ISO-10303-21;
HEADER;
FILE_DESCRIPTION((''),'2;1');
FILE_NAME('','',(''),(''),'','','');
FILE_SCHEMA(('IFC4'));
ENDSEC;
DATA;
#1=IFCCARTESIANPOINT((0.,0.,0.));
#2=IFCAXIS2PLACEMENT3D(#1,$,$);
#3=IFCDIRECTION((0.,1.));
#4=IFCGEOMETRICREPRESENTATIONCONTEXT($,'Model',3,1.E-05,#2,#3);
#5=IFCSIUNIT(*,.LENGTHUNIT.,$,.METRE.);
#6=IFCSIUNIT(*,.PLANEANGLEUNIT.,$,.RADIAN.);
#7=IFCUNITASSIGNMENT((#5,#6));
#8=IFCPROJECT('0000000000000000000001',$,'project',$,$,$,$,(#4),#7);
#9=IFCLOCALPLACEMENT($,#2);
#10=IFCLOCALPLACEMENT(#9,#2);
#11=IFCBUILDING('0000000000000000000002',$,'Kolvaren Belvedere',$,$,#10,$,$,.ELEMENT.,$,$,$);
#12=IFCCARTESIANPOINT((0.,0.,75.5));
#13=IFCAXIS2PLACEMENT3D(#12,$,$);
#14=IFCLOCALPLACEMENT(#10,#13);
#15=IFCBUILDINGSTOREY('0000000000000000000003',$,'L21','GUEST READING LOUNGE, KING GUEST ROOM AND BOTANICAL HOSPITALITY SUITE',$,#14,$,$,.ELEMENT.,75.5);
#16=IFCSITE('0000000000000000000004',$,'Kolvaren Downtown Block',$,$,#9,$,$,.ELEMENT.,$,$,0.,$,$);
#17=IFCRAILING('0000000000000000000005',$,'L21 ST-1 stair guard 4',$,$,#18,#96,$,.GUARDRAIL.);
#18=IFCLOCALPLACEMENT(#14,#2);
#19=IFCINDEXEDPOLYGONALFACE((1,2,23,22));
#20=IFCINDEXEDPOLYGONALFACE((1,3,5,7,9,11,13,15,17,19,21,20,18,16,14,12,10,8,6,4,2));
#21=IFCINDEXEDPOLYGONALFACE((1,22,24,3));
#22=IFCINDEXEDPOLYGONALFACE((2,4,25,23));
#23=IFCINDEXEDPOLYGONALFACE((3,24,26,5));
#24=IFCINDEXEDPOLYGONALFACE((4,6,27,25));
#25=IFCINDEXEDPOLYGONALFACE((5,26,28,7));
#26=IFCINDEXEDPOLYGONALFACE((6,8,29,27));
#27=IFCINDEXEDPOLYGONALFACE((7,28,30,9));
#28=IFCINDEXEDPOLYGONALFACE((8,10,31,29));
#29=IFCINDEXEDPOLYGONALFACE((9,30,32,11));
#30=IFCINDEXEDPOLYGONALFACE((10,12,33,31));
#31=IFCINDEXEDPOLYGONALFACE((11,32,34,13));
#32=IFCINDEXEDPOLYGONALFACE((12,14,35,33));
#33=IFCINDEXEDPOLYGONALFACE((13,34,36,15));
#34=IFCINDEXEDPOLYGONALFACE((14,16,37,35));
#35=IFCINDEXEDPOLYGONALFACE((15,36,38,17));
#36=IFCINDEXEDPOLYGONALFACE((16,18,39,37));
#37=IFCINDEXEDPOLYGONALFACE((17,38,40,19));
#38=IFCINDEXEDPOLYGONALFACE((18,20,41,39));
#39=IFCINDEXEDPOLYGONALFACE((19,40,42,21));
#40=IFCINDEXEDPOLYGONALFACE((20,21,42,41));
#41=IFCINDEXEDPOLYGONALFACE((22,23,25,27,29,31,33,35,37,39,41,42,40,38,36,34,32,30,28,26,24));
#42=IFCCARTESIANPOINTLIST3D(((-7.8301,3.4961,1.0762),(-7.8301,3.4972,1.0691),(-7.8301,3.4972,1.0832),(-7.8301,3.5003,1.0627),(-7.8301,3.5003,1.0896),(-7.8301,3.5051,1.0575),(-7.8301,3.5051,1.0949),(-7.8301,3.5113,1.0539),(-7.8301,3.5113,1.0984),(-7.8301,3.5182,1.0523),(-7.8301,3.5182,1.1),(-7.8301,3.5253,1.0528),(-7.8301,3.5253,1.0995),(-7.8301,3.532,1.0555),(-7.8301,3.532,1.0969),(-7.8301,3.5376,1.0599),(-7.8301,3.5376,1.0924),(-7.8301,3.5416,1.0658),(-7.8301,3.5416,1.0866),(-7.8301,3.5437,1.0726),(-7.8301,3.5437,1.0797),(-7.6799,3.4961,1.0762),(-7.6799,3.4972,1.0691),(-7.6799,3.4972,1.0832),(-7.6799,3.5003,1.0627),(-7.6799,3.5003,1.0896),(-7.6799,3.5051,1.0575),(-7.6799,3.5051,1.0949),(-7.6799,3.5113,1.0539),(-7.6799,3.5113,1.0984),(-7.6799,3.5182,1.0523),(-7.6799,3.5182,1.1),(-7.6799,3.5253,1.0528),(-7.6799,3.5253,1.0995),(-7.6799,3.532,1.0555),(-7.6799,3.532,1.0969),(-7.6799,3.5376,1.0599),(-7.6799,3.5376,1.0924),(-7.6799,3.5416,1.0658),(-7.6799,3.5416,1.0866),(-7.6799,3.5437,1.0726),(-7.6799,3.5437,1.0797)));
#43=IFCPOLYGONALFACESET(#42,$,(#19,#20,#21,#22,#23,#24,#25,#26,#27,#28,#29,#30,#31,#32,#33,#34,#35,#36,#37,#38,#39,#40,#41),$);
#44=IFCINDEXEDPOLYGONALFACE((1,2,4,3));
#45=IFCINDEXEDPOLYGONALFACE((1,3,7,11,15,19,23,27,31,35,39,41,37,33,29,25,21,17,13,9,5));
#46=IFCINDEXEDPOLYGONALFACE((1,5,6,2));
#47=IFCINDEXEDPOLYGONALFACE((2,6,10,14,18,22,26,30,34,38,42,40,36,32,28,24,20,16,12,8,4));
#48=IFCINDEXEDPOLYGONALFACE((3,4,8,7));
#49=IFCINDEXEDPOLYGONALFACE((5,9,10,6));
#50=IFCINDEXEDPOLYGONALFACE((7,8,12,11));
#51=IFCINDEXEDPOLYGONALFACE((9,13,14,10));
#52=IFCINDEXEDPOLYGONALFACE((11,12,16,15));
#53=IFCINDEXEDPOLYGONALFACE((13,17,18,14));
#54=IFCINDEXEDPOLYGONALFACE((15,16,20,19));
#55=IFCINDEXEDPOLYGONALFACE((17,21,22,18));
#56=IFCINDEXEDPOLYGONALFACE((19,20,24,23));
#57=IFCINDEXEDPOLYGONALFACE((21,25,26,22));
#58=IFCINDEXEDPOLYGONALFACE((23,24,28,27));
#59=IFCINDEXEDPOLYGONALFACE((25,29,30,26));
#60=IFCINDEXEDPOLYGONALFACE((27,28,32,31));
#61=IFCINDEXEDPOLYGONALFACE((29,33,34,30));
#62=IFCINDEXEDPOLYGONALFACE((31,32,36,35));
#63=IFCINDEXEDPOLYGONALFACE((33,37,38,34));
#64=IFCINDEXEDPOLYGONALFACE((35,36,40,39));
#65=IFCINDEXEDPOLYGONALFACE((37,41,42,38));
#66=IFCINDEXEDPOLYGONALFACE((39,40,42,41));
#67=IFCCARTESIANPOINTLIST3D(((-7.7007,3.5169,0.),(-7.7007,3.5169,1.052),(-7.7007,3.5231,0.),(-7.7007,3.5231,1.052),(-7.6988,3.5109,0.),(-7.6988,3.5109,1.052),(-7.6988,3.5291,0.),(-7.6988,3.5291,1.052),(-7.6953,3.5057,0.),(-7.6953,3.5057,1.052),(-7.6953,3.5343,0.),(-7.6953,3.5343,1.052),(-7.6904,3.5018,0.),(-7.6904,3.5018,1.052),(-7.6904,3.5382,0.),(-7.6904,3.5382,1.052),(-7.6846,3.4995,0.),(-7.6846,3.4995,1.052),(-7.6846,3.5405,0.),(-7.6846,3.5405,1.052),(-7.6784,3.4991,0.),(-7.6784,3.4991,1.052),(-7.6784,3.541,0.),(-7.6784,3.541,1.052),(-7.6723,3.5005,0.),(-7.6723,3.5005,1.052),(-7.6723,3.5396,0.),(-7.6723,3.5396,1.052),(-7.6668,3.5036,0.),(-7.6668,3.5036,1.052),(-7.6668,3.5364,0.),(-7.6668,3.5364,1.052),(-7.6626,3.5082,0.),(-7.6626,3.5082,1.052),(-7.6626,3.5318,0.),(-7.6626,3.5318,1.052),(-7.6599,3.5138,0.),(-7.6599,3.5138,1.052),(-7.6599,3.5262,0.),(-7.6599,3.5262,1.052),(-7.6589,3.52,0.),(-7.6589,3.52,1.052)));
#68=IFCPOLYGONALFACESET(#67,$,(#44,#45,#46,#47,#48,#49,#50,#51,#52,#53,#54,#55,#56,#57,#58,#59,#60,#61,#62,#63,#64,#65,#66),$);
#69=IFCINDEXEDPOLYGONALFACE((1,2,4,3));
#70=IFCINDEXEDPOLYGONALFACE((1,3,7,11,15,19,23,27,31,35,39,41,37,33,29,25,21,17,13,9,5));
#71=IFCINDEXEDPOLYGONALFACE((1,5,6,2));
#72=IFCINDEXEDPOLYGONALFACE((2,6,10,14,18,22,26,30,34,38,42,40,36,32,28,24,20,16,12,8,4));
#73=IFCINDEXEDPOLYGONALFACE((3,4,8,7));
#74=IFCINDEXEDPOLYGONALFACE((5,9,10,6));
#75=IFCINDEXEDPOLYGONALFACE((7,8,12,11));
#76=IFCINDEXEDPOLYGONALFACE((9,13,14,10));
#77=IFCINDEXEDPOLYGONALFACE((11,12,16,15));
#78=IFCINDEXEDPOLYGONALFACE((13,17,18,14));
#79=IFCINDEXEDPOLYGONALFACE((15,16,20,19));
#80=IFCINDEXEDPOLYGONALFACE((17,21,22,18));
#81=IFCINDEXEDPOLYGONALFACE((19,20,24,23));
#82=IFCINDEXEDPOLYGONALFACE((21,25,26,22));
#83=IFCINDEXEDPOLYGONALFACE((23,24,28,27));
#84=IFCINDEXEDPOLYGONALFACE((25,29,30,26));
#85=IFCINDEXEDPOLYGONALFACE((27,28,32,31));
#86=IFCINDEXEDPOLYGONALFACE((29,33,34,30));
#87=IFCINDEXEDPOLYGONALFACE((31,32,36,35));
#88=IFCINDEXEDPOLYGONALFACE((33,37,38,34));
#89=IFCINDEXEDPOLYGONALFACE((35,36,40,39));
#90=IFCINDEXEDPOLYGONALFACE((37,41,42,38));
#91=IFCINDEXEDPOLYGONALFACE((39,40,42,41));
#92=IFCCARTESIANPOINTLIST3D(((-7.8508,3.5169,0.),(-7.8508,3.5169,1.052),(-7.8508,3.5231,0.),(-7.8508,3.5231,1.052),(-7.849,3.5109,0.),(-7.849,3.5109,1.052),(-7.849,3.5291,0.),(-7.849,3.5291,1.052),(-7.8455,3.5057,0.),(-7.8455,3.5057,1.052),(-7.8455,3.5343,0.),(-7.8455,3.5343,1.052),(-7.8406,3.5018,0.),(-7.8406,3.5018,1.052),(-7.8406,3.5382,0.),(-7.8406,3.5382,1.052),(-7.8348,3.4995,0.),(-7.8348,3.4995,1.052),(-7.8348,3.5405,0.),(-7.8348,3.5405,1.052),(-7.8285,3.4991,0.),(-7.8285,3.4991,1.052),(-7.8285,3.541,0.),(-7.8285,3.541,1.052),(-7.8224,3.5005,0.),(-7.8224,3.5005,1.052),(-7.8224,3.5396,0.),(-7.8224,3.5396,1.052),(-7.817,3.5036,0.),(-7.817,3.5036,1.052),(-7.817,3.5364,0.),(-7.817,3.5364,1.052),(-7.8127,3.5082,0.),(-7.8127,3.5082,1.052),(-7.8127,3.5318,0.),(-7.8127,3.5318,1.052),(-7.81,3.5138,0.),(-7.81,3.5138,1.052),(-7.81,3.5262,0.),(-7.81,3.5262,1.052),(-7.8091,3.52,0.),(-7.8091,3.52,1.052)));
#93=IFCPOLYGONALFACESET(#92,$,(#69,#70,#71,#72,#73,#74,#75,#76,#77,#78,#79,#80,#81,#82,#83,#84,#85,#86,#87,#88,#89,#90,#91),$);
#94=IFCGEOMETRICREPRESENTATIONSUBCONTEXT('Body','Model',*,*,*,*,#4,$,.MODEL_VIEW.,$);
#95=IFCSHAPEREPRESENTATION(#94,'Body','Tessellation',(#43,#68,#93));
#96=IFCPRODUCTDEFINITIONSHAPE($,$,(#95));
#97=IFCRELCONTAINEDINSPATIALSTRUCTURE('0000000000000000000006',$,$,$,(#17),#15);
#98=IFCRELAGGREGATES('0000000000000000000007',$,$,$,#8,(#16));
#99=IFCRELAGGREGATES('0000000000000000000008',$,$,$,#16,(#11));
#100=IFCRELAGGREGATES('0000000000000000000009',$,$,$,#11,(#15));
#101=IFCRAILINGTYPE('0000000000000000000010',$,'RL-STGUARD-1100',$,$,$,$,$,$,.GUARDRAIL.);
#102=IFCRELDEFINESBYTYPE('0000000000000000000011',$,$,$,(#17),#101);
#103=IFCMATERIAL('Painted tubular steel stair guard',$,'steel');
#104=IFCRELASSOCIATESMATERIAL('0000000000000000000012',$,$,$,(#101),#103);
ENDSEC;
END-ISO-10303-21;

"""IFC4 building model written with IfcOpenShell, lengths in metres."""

from ifc_helpers import new_model, si_unit, direction, frame, origin, origin_2d, place, context, subcontext, project, spatial, circle, extrude, material, type_object, element, save


model = new_model("IFC4")

# Units and contexts
model_context = context("Model", 3, precision=1e-05, world=origin(), true_north=direction((0.0, 1.0)))
body_context = subcontext(model_context, "Body", "Model", "MODEL_VIEW")
ifc_project = project(units=[si_unit("LENGTHUNIT", "METRE"), si_unit("PLANEANGLEUNIT", "RADIAN")], contexts=[model_context])

# Site, building, storey
site_placement = place(None, origin())
site = spatial("IfcSite", under=ifc_project, at=site_placement, Name="Kolvaren Downtown Block", CompositionType="ELEMENT", RefElevation=0.0)
building_placement = place(site_placement, origin())
building = spatial("IfcBuilding", under=site, at=building_placement, Name="Kolvaren Belvedere", CompositionType="ELEMENT")
storey_placement = place(building_placement, frame((0.0, 0.0, 75.5)))
storey = spatial("IfcBuildingStorey", under=building, at=storey_placement, Name="L21", Description="GUEST READING LOUNGE, KING GUEST ROOM AND BOTANICAL HOSPITALITY SUITE", CompositionType="ELEMENT", Elevation=75.5)

# Railing
ifc_material_1 = material(Name="Painted tubular steel stair guard", Category="steel")
railing_type_1 = type_object("IfcRailingType", Name="RL-STGUARD-1100", PredefinedType="GUARDRAIL", material=ifc_material_1)
railing_1_placement = place(storey_placement, frame((-7.6799, 3.52, 0.0)))
element("IfcRailing", 1, at=railing_1_placement, inside=storey, type_object=railing_type_1, Name="L21 ST-1 stair guard 4", PredefinedType="GUARDRAIL", context=body_context, shape_type="SweptSolid", body=[
    extrude(circle(Radius=0.0239, at=origin_2d()), frame((0.0, 0.0, 1.0762), z_axis=(-1.0, 0.0, 0.0), x_axis=(0.0, -1.0, 0.0)), (0.0, 0.0, 1.0), 0.1501),
    extrude(circle(Radius=0.021, at=origin_2d()), origin(), (0.0, 0.0, 1.0), 1.052),
    extrude(circle(Radius=0.021, at=origin_2d()), frame((-0.1501, 0.0, 0.0)), (0.0, 0.0, 1.0), 1.052),
])

save(model, "model.ifc")
